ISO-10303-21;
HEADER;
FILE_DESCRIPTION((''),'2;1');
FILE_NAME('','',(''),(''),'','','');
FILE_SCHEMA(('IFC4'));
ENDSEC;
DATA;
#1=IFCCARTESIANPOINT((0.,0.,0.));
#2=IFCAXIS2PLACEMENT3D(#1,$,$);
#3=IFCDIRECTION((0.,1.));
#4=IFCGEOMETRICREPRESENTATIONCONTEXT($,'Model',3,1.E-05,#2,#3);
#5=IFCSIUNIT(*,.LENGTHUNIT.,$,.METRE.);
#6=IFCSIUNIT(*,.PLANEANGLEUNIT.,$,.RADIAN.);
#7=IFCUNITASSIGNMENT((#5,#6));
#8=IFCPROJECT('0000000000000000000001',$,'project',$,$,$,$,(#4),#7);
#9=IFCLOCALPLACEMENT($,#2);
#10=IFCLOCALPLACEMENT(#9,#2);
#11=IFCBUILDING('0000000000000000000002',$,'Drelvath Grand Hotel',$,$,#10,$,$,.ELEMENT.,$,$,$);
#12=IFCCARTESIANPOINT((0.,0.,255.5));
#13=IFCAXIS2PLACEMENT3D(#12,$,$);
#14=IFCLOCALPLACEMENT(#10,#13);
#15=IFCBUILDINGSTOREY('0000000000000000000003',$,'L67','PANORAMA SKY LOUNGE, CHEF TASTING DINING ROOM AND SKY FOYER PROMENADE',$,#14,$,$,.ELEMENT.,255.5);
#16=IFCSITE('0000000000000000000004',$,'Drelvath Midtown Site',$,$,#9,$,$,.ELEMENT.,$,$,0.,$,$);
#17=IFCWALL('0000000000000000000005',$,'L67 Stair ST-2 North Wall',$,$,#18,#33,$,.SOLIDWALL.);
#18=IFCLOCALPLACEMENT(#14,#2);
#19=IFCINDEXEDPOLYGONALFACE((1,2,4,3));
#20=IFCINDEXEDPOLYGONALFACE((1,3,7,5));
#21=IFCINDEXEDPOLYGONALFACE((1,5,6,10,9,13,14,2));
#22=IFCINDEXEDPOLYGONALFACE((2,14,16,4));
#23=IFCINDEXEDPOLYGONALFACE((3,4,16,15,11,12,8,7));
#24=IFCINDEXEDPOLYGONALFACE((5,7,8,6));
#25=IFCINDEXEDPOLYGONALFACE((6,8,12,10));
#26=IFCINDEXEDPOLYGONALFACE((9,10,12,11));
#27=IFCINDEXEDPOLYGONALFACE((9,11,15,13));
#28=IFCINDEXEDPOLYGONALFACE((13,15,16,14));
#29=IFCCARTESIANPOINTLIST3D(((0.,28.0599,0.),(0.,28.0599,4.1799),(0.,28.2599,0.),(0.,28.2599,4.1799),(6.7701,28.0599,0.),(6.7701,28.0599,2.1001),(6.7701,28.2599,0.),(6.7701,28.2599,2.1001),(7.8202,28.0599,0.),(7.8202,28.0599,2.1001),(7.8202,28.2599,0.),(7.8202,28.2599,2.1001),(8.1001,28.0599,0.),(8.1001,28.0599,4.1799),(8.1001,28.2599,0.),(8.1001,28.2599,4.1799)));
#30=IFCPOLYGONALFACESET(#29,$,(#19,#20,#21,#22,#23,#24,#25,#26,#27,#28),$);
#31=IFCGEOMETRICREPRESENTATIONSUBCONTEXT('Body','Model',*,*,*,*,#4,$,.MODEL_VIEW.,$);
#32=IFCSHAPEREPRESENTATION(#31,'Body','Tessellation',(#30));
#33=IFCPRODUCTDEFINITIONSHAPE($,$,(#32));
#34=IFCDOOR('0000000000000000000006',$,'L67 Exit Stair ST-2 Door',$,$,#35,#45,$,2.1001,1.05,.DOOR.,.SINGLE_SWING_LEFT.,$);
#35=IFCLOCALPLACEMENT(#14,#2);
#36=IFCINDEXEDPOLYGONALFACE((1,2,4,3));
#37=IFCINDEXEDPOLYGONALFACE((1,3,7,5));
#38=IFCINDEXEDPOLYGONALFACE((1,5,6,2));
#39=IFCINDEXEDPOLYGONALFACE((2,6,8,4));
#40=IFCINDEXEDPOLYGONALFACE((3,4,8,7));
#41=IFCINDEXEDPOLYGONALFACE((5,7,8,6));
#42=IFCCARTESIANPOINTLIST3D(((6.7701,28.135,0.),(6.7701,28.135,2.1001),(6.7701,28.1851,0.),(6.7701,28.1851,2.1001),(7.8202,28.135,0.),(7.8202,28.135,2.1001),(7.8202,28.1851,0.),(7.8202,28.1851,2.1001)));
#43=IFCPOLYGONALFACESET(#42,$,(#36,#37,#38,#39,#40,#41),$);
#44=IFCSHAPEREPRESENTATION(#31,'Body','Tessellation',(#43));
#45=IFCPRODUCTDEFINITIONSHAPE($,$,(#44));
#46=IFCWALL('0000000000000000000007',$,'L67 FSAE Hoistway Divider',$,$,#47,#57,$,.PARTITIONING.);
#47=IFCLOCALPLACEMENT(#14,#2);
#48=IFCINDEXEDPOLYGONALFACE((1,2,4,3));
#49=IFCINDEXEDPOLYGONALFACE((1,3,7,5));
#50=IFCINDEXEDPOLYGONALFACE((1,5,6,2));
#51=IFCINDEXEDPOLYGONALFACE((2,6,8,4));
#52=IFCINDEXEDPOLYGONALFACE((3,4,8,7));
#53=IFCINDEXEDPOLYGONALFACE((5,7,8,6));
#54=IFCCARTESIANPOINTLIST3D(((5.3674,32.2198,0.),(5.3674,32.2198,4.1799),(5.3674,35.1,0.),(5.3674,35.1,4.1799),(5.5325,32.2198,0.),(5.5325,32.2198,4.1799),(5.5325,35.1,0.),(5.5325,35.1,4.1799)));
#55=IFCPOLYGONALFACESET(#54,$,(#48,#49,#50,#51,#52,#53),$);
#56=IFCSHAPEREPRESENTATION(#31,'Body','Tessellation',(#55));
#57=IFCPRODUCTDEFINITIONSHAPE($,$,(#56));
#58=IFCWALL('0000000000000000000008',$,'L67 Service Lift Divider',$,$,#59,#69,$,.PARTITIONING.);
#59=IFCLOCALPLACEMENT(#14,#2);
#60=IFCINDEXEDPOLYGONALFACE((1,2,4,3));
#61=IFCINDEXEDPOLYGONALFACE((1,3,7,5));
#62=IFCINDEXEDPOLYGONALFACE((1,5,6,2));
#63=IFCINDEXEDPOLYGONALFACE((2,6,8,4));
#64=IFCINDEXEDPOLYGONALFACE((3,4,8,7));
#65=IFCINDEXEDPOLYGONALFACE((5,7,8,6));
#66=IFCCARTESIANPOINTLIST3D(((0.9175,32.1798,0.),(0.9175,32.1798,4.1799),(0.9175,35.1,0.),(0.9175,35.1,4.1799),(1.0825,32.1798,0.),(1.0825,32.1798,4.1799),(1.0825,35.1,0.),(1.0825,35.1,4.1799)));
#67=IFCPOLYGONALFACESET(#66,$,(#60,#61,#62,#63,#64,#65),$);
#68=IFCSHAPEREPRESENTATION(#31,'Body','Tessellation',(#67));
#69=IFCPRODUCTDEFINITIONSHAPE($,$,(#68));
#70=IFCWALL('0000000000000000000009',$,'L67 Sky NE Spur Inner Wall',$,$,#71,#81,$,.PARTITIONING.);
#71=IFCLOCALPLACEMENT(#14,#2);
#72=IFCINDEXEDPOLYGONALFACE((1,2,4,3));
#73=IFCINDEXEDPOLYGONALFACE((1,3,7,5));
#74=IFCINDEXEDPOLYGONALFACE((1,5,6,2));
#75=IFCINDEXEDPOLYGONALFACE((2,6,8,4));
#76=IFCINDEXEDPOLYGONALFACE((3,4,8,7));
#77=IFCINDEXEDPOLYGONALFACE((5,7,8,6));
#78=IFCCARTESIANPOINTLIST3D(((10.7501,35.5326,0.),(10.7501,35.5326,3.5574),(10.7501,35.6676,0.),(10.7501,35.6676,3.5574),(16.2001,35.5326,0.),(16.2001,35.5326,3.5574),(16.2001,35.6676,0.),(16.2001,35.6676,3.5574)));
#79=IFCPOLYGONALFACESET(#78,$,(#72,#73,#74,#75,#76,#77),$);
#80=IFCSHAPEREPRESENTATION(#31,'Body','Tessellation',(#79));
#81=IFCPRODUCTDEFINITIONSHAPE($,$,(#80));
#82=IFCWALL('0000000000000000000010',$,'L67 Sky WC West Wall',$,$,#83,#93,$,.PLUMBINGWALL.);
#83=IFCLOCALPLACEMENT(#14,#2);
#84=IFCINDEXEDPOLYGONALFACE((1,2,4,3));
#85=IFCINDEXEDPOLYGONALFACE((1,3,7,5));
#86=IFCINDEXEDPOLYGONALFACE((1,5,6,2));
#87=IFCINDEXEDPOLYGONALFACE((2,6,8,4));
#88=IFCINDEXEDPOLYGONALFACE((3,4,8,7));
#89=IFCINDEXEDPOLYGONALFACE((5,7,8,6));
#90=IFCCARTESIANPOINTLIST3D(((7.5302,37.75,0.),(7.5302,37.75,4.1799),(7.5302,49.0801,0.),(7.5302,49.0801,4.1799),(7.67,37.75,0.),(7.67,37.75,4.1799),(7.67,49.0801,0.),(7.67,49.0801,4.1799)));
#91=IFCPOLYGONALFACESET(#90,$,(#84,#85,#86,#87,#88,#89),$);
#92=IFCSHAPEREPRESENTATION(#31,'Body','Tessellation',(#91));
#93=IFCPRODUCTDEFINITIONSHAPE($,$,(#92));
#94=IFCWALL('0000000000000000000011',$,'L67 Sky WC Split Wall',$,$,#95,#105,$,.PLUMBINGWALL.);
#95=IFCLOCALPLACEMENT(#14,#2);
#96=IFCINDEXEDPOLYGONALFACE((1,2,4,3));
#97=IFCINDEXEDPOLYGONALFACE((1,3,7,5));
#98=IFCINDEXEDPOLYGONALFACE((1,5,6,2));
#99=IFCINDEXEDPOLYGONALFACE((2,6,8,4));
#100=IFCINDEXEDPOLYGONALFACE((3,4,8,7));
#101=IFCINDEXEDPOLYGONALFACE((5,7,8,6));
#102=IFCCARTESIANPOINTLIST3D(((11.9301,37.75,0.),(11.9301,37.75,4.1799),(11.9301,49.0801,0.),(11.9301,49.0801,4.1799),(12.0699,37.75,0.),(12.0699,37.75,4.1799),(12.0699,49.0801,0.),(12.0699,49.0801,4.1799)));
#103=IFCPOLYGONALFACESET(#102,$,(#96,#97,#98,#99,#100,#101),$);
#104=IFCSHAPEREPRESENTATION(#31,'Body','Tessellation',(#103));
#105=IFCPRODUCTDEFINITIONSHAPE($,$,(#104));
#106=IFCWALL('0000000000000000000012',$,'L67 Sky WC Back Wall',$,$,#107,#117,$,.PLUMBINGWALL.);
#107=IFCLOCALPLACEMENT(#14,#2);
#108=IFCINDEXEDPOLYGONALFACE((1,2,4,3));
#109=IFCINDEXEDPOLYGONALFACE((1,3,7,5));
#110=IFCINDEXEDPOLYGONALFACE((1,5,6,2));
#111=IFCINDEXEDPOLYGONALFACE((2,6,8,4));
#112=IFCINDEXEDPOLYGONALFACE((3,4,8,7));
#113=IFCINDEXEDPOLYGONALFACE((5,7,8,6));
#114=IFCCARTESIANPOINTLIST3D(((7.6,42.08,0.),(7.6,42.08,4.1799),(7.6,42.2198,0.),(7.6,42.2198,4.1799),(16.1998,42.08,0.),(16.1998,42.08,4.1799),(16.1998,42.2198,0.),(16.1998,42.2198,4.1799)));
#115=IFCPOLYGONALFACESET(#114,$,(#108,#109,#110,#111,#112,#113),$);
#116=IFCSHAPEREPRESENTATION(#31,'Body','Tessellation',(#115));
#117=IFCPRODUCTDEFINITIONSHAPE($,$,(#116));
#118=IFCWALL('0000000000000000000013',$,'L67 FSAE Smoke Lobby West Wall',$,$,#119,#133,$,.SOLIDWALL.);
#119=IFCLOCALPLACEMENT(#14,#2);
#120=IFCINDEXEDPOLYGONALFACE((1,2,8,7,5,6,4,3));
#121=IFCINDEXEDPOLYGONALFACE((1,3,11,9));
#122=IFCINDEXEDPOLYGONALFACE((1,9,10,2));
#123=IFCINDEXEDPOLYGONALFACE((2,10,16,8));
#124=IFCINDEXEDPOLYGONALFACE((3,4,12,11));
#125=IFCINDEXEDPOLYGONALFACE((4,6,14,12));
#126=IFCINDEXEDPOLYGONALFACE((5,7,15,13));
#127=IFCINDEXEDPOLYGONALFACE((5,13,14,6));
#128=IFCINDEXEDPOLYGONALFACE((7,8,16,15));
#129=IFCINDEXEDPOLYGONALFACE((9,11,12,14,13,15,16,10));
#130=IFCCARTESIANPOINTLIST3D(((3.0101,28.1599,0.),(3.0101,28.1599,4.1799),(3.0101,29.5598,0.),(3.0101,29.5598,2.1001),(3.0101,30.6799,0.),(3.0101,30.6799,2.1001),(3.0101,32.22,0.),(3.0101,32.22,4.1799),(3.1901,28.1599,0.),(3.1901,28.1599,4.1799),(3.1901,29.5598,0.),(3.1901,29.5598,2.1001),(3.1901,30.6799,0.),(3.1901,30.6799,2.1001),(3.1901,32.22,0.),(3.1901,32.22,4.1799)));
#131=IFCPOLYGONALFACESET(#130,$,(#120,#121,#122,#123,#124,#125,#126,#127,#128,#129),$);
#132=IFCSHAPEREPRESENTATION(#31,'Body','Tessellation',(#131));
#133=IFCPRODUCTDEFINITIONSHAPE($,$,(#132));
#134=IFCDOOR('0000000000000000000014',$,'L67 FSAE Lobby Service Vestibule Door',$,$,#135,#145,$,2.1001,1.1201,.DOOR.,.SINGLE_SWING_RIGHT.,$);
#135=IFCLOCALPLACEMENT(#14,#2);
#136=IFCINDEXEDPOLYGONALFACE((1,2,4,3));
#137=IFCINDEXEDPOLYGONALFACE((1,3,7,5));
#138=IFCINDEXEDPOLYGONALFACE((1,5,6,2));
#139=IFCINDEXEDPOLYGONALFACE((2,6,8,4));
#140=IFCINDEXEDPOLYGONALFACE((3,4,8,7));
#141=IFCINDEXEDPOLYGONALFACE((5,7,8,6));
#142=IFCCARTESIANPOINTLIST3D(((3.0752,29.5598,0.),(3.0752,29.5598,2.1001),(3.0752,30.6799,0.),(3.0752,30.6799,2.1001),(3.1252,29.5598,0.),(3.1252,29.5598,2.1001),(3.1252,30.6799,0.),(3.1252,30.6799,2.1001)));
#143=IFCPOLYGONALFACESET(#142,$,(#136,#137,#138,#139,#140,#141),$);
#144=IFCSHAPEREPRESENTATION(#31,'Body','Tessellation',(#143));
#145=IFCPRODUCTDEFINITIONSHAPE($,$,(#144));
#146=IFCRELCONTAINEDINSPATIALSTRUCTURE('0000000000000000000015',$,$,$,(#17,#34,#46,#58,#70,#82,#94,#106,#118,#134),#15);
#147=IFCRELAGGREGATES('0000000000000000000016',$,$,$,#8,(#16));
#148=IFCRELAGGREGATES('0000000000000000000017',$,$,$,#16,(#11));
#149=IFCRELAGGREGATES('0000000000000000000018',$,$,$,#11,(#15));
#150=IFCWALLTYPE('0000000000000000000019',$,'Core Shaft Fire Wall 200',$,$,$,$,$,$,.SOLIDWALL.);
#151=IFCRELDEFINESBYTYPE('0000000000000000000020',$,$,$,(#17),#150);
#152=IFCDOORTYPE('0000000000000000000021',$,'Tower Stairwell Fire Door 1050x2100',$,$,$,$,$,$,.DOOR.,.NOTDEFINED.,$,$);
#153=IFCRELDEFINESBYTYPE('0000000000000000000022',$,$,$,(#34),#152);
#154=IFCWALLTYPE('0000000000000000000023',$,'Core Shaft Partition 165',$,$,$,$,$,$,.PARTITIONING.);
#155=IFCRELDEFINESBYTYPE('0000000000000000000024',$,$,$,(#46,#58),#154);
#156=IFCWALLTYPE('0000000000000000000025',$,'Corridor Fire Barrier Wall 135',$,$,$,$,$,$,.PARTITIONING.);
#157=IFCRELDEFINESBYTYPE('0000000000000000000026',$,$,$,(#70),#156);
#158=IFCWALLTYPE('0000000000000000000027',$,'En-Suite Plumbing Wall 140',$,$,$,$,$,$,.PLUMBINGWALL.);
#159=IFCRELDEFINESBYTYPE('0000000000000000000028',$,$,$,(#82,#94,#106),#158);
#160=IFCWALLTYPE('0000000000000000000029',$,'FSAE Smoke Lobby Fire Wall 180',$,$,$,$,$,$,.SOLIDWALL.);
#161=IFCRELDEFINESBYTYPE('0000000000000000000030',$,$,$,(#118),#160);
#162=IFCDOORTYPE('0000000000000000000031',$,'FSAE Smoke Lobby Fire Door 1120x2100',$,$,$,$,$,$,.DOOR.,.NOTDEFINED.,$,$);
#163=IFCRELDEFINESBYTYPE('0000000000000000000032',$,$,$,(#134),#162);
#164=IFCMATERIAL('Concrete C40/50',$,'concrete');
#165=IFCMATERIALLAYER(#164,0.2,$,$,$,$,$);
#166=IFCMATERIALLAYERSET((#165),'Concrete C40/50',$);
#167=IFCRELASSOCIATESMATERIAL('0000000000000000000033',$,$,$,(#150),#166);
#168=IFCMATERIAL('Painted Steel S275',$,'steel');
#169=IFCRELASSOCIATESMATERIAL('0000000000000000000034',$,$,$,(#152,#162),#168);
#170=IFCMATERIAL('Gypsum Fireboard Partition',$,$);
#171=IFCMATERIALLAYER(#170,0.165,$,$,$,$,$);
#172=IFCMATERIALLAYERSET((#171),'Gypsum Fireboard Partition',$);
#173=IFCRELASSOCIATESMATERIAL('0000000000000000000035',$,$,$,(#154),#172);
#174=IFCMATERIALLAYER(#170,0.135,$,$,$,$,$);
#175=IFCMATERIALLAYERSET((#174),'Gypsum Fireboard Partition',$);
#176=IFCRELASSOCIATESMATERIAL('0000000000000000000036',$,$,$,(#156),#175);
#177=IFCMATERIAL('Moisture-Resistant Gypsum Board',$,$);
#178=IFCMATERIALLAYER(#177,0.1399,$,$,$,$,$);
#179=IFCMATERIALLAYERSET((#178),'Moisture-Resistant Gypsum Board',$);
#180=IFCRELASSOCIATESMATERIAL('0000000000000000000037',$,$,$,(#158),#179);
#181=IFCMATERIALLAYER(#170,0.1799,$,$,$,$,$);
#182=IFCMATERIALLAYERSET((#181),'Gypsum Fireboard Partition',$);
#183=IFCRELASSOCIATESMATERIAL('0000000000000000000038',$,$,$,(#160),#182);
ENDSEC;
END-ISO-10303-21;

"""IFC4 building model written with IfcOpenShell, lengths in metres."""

from ifc_helpers import new_model, si_unit, direction, frame, frame_2d, origin, place, context, subcontext, project, spatial, rectangle, extrude, material, layer, layer_set, type_object, element, fill, save


model = new_model("IFC4")

# Units and contexts
model_context = context("Model", 3, precision=1e-05, world=origin(), true_north=direction((0.0, 1.0)))
body_context = subcontext(model_context, "Body", "Model", "MODEL_VIEW")
ifc_project = project(units=[si_unit("LENGTHUNIT", "METRE"), si_unit("PLANEANGLEUNIT", "RADIAN")], contexts=[model_context])

# Site, building, storey
site_placement = place(None, origin())
site = spatial("IfcSite", under=ifc_project, at=site_placement, Name="Drelvath Midtown Site", CompositionType="ELEMENT", RefElevation=0.0)
building_placement = place(site_placement, origin())
building = spatial("IfcBuilding", under=site, at=building_placement, Name="Drelvath Grand Hotel", CompositionType="ELEMENT")
storey_placement = place(building_placement, frame((0.0, 0.0, 255.5)))
storey = spatial("IfcBuildingStorey", under=building, at=storey_placement, Name="L67", Description="PANORAMA SKY LOUNGE, CHEF TASTING DINING ROOM AND SKY FOYER PROMENADE", CompositionType="ELEMENT", Elevation=255.5)

# Shared definitions
ifc_material_1 = material(Name="Concrete C40/50", Category="concrete")

# Wall, opening, door
ifc_layer_1 = layer(ifc_material_1, 0.2)
ifc_layer_set_1 = layer_set([ifc_layer_1], Name="Concrete C40/50")
wall_type_1 = type_object("IfcWallType", Name="Core Shaft Fire Wall 200", PredefinedType="SOLIDWALL", material=ifc_layer_set_1)
wall_1_placement = place(storey_placement, frame((8.1001, 28.1599, 0.0), z_axis=(0.0, 0.0, 1.0), x_axis=(-1.0, 0.0, 0.0)))
wall_1 = element("IfcWall", 1, at=wall_1_placement, inside=storey, type_object=wall_type_1, Name="L67 Stair ST-2 North Wall", PredefinedType="SOLIDWALL", context=body_context, shape_type="SweptSolid", body=[
    extrude(rectangle(XDim=8.1001, YDim=0.2, at=frame_2d((4.05, 0.0))), origin(), (0.0, 0.0, 1.0), 4.1799),
])
opening_1_placement = place(wall_1_placement, frame((0.28, 0.0, 0.0)))
opening_1 = element("IfcOpeningElement", 2, at=opening_1_placement, cuts=wall_1, PredefinedType="OPENING", context=body_context, shape_type="SweptSolid", body=[
    extrude(rectangle(XDim=1.05, YDim=2.1001, at=frame_2d((0.5249, 1.05))), frame((0.0, 0.1099, 0.0), z_axis=(0.0, -1.0, 0.0), x_axis=(1.0, 0.0, 0.0)), (0.0, 0.0, 1.0), 0.22),
])
ifc_material_2 = material(Name="Painted Steel S275", Category="steel")
door_type_1 = type_object("IfcDoorType", Name="Tower Stairwell Fire Door 1050x2100", OperationType="NOTDEFINED", PredefinedType="DOOR", material=ifc_material_2)
door_1_placement = place(opening_1_placement, origin())
door_1 = element("IfcDoor", 3, at=door_1_placement, inside=storey, type_object=door_type_1, Name="L67 Exit Stair ST-2 Door", OperationType="SINGLE_SWING_LEFT", OverallHeight=2.1001, OverallWidth=1.05, PredefinedType="DOOR", context=body_context, shape_type="SweptSolid", body=[
    extrude(rectangle(XDim=1.05, YDim=2.1001, at=frame_2d((0.5249, 1.05))), frame((0.0, 0.0249, 0.0), z_axis=(0.0, -1.0, 0.0), x_axis=(1.0, 0.0, 0.0)), (0.0, 0.0, 1.0), 0.05),
])
fill(opening_1, door_1)

# Walls
ifc_material_3 = material(Name="Gypsum Fireboard Partition")
ifc_layer_2 = layer(ifc_material_3, 0.165)
ifc_layer_set_2 = layer_set([ifc_layer_2], Name="Gypsum Fireboard Partition")
wall_type_2 = type_object("IfcWallType", Name="Core Shaft Partition 165", PredefinedType="PARTITIONING", material=ifc_layer_set_2)
wall_2_placement = place(storey_placement, frame((5.45, 32.22, 0.0), z_axis=(0.0, 0.0, 1.0), x_axis=(0.0, 1.0, 0.0)))
element("IfcWall", 4, at=wall_2_placement, inside=storey, type_object=wall_type_2, Name="L67 FSAE Hoistway Divider", PredefinedType="PARTITIONING", context=body_context, shape_type="SweptSolid", body=[
    extrude(rectangle(XDim=2.8801, YDim=0.165, at=frame_2d((1.4399, 0.0))), origin(), (0.0, 0.0, 1.0), 4.1799),
])
wall_3_placement = place(storey_placement, frame((1.0, 32.1799, 0.0), z_axis=(0.0, 0.0, 1.0), x_axis=(0.0, 1.0, 0.0)))
element("IfcWall", 5, at=wall_3_placement, inside=storey, type_object=wall_type_2, Name="L67 Service Lift Divider", PredefinedType="PARTITIONING", context=body_context, shape_type="SweptSolid", body=[
    extrude(rectangle(XDim=2.9202, YDim=0.165, at=frame_2d((1.46, 0.0))), origin(), (0.0, 0.0, 1.0), 4.1799),
])
ifc_layer_3 = layer(ifc_material_3, 0.135)
ifc_layer_set_3 = layer_set([ifc_layer_3], Name="Gypsum Fireboard Partition")
wall_type_3 = type_object("IfcWallType", Name="Corridor Fire Barrier Wall 135", PredefinedType="PARTITIONING", material=ifc_layer_set_3)
wall_4_placement = place(storey_placement, frame((10.75, 35.6001, 0.0), z_axis=(0.0, 0.0, 1.0), x_axis=(1.0, 0.0, 0.0)))
element("IfcWall", 6, at=wall_4_placement, inside=storey, type_object=wall_type_3, Name="L67 Sky NE Spur Inner Wall", PredefinedType="PARTITIONING", context=body_context, shape_type="SweptSolid", body=[
    extrude(rectangle(XDim=5.45, YDim=0.135, at=frame_2d((2.7251, 0.0))), origin(), (0.0, 0.0, 1.0), 3.5574),
])
ifc_material_4 = material(Name="Moisture-Resistant Gypsum Board")
ifc_layer_4 = layer(ifc_material_4, 0.1399)
ifc_layer_set_4 = layer_set([ifc_layer_4], Name="Moisture-Resistant Gypsum Board")
wall_type_4 = type_object("IfcWallType", Name="En-Suite Plumbing Wall 140", PredefinedType="PLUMBINGWALL", material=ifc_layer_set_4)
for number, where, z_axis, x_axis, name in (
    (7, (7.6001, 37.75, 0.0), (0.0, 0.0, 1.0), (0.0, 1.0, 0.0), "L67 Sky WC West Wall"),
    (8, (12.0, 37.75, 0.0), (0.0, 0.0, 1.0), (0.0, 1.0, 0.0), "L67 Sky WC Split Wall"),
):
    element("IfcWall", number, at=place(storey_placement, frame(where, z_axis=z_axis, x_axis=x_axis)), inside=storey, type_object=wall_type_4, Name=name, PredefinedType="PLUMBINGWALL", context=body_context, shape_type="SweptSolid", body=[
        extrude(rectangle(XDim=11.3301, YDim=0.1399, at=frame_2d((5.665, 0.0))), origin(), (0.0, 0.0, 1.0), 4.1799),
    ])
wall_5_placement = place(storey_placement, frame((7.6001, 42.1499, 0.0), z_axis=(0.0, 0.0, 1.0), x_axis=(1.0, 0.0, 0.0)))
element("IfcWall", 9, at=wall_5_placement, inside=storey, type_object=wall_type_4, Name="L67 Sky WC Back Wall", PredefinedType="PLUMBINGWALL", context=body_context, shape_type="SweptSolid", body=[
    extrude(rectangle(XDim=8.5999, YDim=0.1399, at=frame_2d((4.2998, 0.0))), origin(), (0.0, 0.0, 1.0), 4.1799),
])

# Wall, opening, door
ifc_layer_5 = layer(ifc_material_3, 0.1799)
ifc_layer_set_5 = layer_set([ifc_layer_5], Name="Gypsum Fireboard Partition")
wall_type_5 = type_object("IfcWallType", Name="FSAE Smoke Lobby Fire Wall 180", PredefinedType="SOLIDWALL", material=ifc_layer_set_5)
wall_6_placement = place(storey_placement, frame((3.1001, 28.1599, 0.0), z_axis=(0.0, 0.0, 1.0), x_axis=(0.0, 1.0, 0.0)))
wall_6 = element("IfcWall", 10, at=wall_6_placement, inside=storey, type_object=wall_type_5, Name="L67 FSAE Smoke Lobby West Wall", PredefinedType="SOLIDWALL", context=body_context, shape_type="SweptSolid", body=[
    extrude(rectangle(XDim=4.0601, YDim=0.1799, at=frame_2d((2.03, 0.0))), origin(), (0.0, 0.0, 1.0), 4.1799),
])
opening_2_placement = place(wall_6_placement, frame((1.3999, 0.0, 0.0)))
opening_2 = element("IfcOpeningElement", 11, at=opening_2_placement, cuts=wall_6, PredefinedType="OPENING", context=body_context, shape_type="SweptSolid", body=[
    extrude(rectangle(XDim=1.1201, YDim=2.1001, at=frame_2d((0.5601, 1.05))), frame((0.0, 0.0999, 0.0), z_axis=(0.0, -1.0, 0.0), x_axis=(1.0, 0.0, 0.0)), (0.0, 0.0, 1.0), 0.2),
])
door_type_2 = type_object("IfcDoorType", Name="FSAE Smoke Lobby Fire Door 1120x2100", OperationType="NOTDEFINED", PredefinedType="DOOR", material=ifc_material_2)
door_2_placement = place(opening_2_placement, origin())
door_2 = element("IfcDoor", 12, at=door_2_placement, inside=storey, type_object=door_type_2, Name="L67 FSAE Lobby Service Vestibule Door", OperationType="SINGLE_SWING_RIGHT", OverallHeight=2.1001, OverallWidth=1.1201, PredefinedType="DOOR", context=body_context, shape_type="SweptSolid", body=[
    extrude(rectangle(XDim=1.1201, YDim=2.1001, at=frame_2d((0.5601, 1.05))), frame((0.0, 0.0249, 0.0), z_axis=(0.0, -1.0, 0.0), x_axis=(1.0, 0.0, 0.0)), (0.0, 0.0, 1.0), 0.05),
])
fill(opening_2, door_2)

save(model, "model.ifc")
